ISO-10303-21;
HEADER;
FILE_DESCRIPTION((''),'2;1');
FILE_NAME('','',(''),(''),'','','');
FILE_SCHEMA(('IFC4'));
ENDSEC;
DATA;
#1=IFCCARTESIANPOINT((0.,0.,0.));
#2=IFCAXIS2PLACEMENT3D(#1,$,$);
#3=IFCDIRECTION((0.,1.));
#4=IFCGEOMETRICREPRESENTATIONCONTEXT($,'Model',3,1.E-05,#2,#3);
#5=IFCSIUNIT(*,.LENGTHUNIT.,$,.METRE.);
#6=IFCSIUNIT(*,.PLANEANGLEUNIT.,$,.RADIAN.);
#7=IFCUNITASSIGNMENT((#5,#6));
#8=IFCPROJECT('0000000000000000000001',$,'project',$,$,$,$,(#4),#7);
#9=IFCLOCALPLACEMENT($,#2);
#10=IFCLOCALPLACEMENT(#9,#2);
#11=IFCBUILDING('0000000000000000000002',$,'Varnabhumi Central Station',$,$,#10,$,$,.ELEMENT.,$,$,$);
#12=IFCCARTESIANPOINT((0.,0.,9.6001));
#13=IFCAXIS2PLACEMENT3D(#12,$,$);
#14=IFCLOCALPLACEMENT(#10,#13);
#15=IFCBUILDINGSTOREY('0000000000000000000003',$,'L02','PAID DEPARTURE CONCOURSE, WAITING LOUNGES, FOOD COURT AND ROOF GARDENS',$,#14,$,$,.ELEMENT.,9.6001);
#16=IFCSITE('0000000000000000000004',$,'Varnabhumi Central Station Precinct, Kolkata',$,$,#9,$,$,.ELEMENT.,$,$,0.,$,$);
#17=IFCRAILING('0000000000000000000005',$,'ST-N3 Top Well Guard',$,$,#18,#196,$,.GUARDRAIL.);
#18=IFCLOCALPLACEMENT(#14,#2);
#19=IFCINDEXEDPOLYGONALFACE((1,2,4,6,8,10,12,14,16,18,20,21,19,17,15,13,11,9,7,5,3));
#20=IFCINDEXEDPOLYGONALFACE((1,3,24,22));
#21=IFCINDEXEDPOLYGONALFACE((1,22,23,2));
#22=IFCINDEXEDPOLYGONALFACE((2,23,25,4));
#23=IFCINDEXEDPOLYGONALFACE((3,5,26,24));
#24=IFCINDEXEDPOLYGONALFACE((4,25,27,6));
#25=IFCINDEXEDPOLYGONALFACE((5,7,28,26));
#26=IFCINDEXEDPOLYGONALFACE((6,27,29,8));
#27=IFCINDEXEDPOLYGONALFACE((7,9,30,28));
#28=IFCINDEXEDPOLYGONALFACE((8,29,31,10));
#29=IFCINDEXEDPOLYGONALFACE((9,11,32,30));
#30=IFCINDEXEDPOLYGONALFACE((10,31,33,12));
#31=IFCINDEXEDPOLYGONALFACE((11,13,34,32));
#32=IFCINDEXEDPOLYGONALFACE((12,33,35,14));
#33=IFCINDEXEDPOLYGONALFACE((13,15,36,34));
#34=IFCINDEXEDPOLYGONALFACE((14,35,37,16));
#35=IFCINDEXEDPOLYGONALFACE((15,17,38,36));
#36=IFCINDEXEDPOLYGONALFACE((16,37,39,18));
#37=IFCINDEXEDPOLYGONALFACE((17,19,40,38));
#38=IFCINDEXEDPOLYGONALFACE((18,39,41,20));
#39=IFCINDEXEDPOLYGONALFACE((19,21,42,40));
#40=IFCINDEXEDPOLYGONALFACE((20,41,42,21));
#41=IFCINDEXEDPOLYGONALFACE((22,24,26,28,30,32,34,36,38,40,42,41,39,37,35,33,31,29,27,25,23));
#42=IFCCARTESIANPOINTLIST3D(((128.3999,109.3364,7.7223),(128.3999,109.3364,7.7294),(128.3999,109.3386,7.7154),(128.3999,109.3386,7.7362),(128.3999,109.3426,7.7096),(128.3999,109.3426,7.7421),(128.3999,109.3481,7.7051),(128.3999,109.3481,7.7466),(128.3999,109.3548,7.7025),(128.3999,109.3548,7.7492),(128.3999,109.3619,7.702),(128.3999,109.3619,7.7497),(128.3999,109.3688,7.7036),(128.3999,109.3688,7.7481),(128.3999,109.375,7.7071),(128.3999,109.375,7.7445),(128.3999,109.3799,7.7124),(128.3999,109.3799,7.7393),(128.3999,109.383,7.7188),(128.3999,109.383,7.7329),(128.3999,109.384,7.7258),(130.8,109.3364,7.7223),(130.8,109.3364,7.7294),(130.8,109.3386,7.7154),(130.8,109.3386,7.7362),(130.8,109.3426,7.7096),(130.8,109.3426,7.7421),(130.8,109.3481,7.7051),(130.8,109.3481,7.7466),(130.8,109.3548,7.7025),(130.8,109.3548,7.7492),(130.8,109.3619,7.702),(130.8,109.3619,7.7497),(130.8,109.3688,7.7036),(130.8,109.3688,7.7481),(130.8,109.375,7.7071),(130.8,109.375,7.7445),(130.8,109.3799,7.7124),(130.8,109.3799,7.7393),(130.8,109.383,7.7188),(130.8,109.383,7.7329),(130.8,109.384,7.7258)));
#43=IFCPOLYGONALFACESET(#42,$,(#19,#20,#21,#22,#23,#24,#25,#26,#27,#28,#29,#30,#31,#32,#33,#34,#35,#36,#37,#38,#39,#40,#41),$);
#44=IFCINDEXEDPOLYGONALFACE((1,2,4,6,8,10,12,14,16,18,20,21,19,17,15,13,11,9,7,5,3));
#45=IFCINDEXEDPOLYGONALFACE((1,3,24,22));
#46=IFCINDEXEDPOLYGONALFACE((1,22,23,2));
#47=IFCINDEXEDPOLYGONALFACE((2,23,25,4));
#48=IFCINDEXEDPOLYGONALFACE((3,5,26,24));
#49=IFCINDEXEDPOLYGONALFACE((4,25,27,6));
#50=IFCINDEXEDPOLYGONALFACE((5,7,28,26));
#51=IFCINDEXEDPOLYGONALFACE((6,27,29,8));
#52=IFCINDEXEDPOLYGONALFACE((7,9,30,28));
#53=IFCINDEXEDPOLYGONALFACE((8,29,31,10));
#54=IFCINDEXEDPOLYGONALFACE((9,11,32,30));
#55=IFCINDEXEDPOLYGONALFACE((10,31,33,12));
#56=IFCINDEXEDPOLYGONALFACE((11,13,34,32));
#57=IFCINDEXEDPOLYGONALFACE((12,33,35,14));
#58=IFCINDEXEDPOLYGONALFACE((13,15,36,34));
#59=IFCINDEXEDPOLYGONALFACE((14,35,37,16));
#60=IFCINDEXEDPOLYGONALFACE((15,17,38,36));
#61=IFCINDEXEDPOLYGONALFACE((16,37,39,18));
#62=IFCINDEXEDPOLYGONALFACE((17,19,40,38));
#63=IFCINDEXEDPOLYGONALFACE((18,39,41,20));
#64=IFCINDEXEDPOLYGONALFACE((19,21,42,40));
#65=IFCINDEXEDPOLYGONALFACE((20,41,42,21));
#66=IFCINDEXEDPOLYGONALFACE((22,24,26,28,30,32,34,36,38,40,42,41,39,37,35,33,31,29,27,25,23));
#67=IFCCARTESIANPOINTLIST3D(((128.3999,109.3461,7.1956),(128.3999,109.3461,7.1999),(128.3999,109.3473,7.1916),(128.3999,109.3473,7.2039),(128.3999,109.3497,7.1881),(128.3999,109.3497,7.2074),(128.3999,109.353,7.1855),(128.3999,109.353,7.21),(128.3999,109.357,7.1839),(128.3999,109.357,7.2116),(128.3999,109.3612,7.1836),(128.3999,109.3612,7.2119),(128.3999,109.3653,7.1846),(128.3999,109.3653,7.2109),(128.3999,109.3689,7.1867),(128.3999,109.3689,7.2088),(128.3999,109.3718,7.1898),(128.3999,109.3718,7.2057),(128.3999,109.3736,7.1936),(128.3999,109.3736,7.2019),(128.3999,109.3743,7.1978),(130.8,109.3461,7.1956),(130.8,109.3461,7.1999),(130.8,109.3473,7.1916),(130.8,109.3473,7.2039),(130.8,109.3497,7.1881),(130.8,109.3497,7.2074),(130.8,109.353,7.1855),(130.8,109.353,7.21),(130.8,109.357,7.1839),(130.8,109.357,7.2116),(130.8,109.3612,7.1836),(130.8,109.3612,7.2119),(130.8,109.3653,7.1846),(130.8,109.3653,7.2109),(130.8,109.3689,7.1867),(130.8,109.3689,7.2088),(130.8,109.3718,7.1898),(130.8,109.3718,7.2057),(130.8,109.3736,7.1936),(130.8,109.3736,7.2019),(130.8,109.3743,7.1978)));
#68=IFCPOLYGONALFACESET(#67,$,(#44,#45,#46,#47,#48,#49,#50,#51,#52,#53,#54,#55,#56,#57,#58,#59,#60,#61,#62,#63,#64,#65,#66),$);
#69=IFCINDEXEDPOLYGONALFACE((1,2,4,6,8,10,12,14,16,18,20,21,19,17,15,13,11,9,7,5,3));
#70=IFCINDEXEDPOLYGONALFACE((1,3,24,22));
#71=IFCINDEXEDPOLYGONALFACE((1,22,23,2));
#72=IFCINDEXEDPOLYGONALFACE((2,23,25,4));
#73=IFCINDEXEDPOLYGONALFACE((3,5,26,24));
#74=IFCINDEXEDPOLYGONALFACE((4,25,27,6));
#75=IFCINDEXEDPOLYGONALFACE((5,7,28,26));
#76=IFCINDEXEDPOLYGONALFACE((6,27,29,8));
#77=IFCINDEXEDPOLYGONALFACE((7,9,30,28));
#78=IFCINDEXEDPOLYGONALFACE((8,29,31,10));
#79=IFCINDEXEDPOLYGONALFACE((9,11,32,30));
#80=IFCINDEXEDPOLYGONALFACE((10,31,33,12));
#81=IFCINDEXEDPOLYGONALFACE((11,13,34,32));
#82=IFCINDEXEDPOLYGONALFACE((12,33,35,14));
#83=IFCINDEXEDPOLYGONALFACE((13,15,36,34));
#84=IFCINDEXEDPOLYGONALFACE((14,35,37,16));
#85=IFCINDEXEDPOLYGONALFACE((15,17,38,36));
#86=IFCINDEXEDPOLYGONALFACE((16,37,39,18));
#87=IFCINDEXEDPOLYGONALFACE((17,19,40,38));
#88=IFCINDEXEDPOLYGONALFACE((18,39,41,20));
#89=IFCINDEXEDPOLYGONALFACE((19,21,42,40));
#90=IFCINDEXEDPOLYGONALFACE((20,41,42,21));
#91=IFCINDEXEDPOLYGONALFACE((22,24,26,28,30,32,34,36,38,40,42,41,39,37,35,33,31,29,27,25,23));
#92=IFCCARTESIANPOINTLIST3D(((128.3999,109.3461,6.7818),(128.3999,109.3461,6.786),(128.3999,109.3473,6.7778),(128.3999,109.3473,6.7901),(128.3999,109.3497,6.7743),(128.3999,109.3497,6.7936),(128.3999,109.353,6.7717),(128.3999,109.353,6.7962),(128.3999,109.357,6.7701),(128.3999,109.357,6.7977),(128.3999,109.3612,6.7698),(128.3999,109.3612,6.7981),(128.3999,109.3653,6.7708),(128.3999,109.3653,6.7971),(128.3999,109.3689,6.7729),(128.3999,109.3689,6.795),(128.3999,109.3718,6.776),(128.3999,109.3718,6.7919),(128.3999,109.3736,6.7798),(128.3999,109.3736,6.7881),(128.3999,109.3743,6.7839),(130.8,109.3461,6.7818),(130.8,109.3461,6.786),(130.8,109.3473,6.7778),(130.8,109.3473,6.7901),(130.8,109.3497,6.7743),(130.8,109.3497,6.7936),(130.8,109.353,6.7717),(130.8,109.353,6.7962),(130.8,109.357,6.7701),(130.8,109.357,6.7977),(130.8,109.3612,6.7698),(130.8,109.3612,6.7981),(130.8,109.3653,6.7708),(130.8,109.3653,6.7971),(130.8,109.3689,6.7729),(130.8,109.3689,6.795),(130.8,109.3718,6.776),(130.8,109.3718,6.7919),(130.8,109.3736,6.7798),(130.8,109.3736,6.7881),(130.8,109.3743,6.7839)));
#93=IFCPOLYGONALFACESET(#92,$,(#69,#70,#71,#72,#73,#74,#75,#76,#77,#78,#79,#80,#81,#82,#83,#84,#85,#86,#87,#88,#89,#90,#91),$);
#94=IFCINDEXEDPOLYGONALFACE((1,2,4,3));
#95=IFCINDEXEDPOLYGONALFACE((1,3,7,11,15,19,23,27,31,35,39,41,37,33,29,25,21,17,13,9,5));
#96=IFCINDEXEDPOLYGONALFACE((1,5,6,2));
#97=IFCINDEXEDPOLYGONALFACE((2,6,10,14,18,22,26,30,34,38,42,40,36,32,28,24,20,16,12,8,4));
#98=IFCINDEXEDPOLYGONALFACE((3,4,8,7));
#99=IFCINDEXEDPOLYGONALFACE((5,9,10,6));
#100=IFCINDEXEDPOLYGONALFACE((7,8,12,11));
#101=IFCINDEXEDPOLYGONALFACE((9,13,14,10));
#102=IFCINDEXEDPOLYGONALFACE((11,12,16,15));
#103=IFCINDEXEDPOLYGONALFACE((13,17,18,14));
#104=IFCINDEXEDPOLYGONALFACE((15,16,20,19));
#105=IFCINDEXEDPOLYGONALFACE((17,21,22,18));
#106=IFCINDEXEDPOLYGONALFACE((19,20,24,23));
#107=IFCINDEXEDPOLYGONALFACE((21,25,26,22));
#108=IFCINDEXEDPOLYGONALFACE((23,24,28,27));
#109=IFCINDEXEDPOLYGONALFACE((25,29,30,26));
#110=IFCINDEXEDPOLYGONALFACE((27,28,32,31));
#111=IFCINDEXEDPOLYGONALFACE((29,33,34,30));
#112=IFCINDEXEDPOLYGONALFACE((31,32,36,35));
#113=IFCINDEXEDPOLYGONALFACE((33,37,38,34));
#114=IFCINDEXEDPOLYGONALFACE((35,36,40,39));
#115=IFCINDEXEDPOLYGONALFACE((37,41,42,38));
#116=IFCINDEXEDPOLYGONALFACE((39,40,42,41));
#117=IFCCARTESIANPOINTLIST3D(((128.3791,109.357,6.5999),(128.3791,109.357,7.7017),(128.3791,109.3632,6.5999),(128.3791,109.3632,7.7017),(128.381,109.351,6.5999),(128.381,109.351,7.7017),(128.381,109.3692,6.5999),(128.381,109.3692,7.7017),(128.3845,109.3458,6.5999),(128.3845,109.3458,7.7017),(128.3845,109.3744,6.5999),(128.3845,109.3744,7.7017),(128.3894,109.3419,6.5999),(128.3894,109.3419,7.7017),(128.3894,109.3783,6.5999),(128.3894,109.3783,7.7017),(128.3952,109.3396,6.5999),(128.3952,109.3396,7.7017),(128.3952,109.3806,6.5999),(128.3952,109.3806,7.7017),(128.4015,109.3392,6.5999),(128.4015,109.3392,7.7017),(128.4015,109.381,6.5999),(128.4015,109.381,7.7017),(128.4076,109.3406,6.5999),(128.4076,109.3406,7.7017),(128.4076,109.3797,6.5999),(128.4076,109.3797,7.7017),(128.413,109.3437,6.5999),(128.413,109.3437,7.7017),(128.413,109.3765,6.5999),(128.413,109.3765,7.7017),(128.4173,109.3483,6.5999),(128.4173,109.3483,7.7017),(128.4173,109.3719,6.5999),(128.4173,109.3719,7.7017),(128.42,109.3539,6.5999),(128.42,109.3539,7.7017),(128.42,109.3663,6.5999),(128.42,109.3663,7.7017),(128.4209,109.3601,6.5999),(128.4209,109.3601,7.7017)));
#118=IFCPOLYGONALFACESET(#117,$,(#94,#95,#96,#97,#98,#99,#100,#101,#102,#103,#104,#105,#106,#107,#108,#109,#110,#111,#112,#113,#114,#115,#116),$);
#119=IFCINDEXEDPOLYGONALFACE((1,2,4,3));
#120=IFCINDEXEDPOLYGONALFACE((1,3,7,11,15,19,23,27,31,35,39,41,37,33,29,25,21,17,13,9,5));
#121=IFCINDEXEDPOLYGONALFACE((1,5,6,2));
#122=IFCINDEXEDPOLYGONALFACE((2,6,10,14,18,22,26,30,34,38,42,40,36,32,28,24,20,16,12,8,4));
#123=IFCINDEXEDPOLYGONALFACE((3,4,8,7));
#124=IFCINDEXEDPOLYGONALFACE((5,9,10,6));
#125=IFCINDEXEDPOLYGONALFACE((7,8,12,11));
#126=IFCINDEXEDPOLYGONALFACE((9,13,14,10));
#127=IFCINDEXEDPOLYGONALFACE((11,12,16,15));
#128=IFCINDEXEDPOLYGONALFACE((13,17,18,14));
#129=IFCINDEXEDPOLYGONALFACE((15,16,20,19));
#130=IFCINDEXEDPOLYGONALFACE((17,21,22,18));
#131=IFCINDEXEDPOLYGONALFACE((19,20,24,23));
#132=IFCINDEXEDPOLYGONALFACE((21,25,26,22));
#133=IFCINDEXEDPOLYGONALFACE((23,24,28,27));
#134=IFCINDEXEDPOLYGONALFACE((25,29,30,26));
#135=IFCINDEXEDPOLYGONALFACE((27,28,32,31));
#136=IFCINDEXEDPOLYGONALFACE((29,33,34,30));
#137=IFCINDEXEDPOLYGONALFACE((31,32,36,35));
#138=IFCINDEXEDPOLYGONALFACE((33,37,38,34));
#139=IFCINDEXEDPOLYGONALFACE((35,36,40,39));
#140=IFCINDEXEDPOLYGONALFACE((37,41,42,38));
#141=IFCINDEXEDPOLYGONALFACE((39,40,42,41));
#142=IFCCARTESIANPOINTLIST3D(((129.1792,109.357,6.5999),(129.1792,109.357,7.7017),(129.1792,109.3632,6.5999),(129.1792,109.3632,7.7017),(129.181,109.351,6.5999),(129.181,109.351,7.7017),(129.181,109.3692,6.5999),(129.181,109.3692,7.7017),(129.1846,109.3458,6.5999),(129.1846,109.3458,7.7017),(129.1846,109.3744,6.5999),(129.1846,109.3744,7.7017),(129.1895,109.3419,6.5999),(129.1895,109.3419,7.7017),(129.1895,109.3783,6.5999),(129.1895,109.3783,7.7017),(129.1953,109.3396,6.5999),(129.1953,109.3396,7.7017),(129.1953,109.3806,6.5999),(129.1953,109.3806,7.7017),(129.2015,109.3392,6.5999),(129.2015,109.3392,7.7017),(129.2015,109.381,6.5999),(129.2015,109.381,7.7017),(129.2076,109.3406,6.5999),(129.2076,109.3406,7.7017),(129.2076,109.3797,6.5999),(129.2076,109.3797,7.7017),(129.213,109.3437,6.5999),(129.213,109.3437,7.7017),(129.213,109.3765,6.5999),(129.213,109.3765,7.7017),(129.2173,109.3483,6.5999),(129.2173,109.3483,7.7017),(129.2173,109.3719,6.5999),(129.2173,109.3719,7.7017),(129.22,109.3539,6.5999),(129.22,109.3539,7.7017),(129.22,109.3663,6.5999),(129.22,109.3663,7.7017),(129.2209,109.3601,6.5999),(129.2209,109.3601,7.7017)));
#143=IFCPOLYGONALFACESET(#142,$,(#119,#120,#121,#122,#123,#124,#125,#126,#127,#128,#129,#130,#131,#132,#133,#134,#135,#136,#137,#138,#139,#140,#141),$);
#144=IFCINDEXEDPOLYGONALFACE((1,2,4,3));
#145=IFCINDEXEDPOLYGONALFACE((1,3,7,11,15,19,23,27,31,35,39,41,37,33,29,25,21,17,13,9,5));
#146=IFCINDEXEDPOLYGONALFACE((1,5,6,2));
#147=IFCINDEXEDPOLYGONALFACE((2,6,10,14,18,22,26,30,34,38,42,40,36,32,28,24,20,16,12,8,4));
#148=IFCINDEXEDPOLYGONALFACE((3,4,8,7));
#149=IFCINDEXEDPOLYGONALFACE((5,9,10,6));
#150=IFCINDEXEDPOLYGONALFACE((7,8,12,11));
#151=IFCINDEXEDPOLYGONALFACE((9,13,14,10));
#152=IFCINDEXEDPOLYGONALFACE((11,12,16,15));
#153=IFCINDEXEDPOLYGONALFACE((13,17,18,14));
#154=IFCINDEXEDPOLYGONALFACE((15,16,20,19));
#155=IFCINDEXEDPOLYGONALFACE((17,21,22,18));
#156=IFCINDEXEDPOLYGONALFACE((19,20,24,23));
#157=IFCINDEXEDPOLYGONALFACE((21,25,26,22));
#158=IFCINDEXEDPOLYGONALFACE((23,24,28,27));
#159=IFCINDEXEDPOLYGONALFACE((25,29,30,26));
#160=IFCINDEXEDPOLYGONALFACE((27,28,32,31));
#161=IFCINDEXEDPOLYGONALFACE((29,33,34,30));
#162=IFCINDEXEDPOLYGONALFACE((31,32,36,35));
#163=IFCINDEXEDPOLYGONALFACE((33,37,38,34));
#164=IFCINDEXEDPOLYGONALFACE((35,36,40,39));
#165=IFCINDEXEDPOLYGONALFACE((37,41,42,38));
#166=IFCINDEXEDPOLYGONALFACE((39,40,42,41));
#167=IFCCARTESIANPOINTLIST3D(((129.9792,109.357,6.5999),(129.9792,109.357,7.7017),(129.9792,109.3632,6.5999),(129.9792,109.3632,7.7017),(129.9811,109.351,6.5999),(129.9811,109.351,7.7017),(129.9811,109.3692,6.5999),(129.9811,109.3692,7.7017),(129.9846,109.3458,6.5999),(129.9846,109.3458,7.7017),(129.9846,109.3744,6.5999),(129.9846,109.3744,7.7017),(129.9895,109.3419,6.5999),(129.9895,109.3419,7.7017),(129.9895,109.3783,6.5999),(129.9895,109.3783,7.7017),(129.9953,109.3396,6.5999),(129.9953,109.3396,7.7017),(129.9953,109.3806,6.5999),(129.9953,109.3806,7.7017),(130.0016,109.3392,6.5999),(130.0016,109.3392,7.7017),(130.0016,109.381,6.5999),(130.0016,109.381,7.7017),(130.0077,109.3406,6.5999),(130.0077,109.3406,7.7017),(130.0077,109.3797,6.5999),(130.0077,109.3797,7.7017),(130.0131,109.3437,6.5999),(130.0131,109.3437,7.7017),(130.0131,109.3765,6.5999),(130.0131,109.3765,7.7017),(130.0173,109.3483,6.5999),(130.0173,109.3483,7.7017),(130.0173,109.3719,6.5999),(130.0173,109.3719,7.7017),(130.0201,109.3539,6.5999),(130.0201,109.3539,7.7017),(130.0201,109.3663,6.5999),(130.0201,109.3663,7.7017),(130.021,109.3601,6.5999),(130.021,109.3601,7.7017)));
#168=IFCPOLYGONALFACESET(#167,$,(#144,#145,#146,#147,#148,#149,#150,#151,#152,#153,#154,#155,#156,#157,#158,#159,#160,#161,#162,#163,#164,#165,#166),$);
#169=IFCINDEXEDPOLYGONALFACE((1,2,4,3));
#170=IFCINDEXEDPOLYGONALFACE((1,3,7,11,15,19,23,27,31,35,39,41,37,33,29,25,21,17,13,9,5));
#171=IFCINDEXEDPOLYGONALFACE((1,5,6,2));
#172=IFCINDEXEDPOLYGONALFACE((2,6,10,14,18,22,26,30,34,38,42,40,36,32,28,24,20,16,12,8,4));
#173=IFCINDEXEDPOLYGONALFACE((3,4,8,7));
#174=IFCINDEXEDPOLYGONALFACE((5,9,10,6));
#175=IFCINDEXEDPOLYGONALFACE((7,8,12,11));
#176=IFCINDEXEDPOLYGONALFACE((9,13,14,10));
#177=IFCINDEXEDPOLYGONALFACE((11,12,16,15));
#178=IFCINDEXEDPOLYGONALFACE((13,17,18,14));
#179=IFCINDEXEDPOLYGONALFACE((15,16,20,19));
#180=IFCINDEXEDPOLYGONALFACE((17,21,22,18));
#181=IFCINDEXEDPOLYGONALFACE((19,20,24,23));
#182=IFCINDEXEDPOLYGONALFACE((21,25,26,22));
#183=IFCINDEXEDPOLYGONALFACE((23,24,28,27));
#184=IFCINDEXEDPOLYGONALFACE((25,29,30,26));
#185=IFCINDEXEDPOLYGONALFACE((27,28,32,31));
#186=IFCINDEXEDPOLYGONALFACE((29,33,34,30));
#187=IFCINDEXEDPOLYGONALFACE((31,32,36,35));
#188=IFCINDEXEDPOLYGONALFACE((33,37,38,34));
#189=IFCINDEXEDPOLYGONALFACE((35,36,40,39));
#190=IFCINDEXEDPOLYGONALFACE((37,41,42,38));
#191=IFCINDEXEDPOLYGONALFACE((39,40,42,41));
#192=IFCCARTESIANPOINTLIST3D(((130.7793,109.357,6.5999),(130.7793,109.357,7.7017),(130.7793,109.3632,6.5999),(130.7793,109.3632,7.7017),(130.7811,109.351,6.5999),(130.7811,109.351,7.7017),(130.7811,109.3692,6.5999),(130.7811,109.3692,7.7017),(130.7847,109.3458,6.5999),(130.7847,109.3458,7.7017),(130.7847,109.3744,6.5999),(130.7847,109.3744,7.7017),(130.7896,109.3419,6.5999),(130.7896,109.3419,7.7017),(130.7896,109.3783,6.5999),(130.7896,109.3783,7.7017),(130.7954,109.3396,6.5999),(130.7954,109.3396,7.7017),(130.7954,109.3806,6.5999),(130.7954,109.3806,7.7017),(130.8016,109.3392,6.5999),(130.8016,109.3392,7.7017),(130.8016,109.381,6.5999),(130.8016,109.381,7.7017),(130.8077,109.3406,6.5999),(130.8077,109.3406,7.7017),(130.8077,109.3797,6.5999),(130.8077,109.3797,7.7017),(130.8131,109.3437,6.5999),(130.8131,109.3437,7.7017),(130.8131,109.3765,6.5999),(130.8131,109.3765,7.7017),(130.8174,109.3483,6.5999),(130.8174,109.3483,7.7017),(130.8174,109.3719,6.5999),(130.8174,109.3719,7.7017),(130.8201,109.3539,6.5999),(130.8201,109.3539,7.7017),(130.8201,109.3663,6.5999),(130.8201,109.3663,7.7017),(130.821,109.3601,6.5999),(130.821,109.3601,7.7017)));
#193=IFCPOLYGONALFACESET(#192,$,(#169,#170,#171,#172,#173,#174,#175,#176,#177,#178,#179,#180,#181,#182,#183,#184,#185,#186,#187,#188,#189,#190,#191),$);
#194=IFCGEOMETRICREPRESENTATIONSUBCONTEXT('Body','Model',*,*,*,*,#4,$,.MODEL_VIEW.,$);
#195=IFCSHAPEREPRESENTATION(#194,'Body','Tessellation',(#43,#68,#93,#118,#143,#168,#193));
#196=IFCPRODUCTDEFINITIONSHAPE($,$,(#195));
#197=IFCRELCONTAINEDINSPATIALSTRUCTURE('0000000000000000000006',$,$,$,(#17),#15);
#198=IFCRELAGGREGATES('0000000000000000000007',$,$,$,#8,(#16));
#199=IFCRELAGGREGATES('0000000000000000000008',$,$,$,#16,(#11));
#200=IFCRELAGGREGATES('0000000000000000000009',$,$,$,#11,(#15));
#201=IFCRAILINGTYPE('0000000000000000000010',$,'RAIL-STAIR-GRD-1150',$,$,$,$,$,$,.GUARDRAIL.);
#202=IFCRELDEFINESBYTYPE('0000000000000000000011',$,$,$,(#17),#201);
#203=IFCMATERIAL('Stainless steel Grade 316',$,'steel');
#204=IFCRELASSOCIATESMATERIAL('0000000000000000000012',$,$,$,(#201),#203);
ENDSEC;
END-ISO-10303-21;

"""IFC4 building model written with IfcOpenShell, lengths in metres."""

from ifc_helpers import new_model, si_unit, direction, frame, origin, origin_2d, place, context, subcontext, project, spatial, circle, extrude, material, type_object, element, save


model = new_model("IFC4")

# Units and contexts
model_context = context("Model", 3, precision=1e-05, world=origin(), true_north=direction((0.0, 1.0)))
body_context = subcontext(model_context, "Body", "Model", "MODEL_VIEW")
ifc_project = project(units=[si_unit("LENGTHUNIT", "METRE"), si_unit("PLANEANGLEUNIT", "RADIAN")], contexts=[model_context])

# Site, building, storey
site_placement = place(None, origin())
site = spatial("IfcSite", under=ifc_project, at=site_placement, Name="Varnabhumi Central Station Precinct, Kolkata", CompositionType="ELEMENT", RefElevation=0.0)
building_placement = place(site_placement, origin())
building = spatial("IfcBuilding", under=site, at=building_placement, Name="Varnabhumi Central Station", CompositionType="ELEMENT")
storey_placement = place(building_placement, frame((0.0, 0.0, 9.6001)))
storey = spatial("IfcBuildingStorey", under=building, at=storey_placement, Name="L02", Description="PAID DEPARTURE CONCOURSE, WAITING LOUNGES, FOOD COURT AND ROOF GARDENS", CompositionType="ELEMENT", Elevation=9.6001)

# Shared definitions
ifc_material_1 = material(Name="Stainless steel Grade 316", Category="steel")

# Railing
railing_type_1 = type_object("IfcRailingType", Name="RAIL-STAIR-GRD-1150", PredefinedType="GUARDRAIL", material=ifc_material_1)
railing_1_placement = place(storey_placement, frame((128.3999, 109.3601, 6.5999)))
element("IfcRailing", 1, at=railing_1_placement, inside=storey, type_object=railing_type_1, Name="ST-N3 Top Well Guard", PredefinedType="GUARDRAIL", context=body_context, shape_type="SweptSolid", body=[
    extrude(circle(Radius=0.0239, at=origin_2d()), frame((0.0, 0.0, 1.126), z_axis=(1.0, 0.0, 0.0), x_axis=(0.0, 1.0, 0.0)), (0.0, 0.0, 1.0), 2.4001),
    extrude(circle(Radius=0.0142, at=origin_2d()), frame((0.0, 0.0, 0.5979), z_axis=(1.0, 0.0, 0.0), x_axis=(0.0, 1.0, 0.0)), (0.0, 0.0, 1.0), 2.4001),
    extrude(circle(Radius=0.0142, at=origin_2d()), frame((0.0, 0.0, 0.1841), z_axis=(1.0, 0.0, 0.0), x_axis=(0.0, 1.0, 0.0)), (0.0, 0.0, 1.0), 2.4001),
    extrude(circle(Radius=0.021, at=origin_2d()), origin(), (0.0, 0.0, 1.0), 1.1018),
    extrude(circle(Radius=0.021, at=origin_2d()), frame((0.8, 0.0, 0.0)), (0.0, 0.0, 1.0), 1.1018),
    extrude(circle(Radius=0.021, at=origin_2d()), frame((1.6001, 0.0, 0.0)), (0.0, 0.0, 1.0), 1.1018),
    extrude(circle(Radius=0.021, at=origin_2d()), frame((2.4001, 0.0, 0.0)), (0.0, 0.0, 1.0), 1.1018),
])

save(model, "model.ifc")
